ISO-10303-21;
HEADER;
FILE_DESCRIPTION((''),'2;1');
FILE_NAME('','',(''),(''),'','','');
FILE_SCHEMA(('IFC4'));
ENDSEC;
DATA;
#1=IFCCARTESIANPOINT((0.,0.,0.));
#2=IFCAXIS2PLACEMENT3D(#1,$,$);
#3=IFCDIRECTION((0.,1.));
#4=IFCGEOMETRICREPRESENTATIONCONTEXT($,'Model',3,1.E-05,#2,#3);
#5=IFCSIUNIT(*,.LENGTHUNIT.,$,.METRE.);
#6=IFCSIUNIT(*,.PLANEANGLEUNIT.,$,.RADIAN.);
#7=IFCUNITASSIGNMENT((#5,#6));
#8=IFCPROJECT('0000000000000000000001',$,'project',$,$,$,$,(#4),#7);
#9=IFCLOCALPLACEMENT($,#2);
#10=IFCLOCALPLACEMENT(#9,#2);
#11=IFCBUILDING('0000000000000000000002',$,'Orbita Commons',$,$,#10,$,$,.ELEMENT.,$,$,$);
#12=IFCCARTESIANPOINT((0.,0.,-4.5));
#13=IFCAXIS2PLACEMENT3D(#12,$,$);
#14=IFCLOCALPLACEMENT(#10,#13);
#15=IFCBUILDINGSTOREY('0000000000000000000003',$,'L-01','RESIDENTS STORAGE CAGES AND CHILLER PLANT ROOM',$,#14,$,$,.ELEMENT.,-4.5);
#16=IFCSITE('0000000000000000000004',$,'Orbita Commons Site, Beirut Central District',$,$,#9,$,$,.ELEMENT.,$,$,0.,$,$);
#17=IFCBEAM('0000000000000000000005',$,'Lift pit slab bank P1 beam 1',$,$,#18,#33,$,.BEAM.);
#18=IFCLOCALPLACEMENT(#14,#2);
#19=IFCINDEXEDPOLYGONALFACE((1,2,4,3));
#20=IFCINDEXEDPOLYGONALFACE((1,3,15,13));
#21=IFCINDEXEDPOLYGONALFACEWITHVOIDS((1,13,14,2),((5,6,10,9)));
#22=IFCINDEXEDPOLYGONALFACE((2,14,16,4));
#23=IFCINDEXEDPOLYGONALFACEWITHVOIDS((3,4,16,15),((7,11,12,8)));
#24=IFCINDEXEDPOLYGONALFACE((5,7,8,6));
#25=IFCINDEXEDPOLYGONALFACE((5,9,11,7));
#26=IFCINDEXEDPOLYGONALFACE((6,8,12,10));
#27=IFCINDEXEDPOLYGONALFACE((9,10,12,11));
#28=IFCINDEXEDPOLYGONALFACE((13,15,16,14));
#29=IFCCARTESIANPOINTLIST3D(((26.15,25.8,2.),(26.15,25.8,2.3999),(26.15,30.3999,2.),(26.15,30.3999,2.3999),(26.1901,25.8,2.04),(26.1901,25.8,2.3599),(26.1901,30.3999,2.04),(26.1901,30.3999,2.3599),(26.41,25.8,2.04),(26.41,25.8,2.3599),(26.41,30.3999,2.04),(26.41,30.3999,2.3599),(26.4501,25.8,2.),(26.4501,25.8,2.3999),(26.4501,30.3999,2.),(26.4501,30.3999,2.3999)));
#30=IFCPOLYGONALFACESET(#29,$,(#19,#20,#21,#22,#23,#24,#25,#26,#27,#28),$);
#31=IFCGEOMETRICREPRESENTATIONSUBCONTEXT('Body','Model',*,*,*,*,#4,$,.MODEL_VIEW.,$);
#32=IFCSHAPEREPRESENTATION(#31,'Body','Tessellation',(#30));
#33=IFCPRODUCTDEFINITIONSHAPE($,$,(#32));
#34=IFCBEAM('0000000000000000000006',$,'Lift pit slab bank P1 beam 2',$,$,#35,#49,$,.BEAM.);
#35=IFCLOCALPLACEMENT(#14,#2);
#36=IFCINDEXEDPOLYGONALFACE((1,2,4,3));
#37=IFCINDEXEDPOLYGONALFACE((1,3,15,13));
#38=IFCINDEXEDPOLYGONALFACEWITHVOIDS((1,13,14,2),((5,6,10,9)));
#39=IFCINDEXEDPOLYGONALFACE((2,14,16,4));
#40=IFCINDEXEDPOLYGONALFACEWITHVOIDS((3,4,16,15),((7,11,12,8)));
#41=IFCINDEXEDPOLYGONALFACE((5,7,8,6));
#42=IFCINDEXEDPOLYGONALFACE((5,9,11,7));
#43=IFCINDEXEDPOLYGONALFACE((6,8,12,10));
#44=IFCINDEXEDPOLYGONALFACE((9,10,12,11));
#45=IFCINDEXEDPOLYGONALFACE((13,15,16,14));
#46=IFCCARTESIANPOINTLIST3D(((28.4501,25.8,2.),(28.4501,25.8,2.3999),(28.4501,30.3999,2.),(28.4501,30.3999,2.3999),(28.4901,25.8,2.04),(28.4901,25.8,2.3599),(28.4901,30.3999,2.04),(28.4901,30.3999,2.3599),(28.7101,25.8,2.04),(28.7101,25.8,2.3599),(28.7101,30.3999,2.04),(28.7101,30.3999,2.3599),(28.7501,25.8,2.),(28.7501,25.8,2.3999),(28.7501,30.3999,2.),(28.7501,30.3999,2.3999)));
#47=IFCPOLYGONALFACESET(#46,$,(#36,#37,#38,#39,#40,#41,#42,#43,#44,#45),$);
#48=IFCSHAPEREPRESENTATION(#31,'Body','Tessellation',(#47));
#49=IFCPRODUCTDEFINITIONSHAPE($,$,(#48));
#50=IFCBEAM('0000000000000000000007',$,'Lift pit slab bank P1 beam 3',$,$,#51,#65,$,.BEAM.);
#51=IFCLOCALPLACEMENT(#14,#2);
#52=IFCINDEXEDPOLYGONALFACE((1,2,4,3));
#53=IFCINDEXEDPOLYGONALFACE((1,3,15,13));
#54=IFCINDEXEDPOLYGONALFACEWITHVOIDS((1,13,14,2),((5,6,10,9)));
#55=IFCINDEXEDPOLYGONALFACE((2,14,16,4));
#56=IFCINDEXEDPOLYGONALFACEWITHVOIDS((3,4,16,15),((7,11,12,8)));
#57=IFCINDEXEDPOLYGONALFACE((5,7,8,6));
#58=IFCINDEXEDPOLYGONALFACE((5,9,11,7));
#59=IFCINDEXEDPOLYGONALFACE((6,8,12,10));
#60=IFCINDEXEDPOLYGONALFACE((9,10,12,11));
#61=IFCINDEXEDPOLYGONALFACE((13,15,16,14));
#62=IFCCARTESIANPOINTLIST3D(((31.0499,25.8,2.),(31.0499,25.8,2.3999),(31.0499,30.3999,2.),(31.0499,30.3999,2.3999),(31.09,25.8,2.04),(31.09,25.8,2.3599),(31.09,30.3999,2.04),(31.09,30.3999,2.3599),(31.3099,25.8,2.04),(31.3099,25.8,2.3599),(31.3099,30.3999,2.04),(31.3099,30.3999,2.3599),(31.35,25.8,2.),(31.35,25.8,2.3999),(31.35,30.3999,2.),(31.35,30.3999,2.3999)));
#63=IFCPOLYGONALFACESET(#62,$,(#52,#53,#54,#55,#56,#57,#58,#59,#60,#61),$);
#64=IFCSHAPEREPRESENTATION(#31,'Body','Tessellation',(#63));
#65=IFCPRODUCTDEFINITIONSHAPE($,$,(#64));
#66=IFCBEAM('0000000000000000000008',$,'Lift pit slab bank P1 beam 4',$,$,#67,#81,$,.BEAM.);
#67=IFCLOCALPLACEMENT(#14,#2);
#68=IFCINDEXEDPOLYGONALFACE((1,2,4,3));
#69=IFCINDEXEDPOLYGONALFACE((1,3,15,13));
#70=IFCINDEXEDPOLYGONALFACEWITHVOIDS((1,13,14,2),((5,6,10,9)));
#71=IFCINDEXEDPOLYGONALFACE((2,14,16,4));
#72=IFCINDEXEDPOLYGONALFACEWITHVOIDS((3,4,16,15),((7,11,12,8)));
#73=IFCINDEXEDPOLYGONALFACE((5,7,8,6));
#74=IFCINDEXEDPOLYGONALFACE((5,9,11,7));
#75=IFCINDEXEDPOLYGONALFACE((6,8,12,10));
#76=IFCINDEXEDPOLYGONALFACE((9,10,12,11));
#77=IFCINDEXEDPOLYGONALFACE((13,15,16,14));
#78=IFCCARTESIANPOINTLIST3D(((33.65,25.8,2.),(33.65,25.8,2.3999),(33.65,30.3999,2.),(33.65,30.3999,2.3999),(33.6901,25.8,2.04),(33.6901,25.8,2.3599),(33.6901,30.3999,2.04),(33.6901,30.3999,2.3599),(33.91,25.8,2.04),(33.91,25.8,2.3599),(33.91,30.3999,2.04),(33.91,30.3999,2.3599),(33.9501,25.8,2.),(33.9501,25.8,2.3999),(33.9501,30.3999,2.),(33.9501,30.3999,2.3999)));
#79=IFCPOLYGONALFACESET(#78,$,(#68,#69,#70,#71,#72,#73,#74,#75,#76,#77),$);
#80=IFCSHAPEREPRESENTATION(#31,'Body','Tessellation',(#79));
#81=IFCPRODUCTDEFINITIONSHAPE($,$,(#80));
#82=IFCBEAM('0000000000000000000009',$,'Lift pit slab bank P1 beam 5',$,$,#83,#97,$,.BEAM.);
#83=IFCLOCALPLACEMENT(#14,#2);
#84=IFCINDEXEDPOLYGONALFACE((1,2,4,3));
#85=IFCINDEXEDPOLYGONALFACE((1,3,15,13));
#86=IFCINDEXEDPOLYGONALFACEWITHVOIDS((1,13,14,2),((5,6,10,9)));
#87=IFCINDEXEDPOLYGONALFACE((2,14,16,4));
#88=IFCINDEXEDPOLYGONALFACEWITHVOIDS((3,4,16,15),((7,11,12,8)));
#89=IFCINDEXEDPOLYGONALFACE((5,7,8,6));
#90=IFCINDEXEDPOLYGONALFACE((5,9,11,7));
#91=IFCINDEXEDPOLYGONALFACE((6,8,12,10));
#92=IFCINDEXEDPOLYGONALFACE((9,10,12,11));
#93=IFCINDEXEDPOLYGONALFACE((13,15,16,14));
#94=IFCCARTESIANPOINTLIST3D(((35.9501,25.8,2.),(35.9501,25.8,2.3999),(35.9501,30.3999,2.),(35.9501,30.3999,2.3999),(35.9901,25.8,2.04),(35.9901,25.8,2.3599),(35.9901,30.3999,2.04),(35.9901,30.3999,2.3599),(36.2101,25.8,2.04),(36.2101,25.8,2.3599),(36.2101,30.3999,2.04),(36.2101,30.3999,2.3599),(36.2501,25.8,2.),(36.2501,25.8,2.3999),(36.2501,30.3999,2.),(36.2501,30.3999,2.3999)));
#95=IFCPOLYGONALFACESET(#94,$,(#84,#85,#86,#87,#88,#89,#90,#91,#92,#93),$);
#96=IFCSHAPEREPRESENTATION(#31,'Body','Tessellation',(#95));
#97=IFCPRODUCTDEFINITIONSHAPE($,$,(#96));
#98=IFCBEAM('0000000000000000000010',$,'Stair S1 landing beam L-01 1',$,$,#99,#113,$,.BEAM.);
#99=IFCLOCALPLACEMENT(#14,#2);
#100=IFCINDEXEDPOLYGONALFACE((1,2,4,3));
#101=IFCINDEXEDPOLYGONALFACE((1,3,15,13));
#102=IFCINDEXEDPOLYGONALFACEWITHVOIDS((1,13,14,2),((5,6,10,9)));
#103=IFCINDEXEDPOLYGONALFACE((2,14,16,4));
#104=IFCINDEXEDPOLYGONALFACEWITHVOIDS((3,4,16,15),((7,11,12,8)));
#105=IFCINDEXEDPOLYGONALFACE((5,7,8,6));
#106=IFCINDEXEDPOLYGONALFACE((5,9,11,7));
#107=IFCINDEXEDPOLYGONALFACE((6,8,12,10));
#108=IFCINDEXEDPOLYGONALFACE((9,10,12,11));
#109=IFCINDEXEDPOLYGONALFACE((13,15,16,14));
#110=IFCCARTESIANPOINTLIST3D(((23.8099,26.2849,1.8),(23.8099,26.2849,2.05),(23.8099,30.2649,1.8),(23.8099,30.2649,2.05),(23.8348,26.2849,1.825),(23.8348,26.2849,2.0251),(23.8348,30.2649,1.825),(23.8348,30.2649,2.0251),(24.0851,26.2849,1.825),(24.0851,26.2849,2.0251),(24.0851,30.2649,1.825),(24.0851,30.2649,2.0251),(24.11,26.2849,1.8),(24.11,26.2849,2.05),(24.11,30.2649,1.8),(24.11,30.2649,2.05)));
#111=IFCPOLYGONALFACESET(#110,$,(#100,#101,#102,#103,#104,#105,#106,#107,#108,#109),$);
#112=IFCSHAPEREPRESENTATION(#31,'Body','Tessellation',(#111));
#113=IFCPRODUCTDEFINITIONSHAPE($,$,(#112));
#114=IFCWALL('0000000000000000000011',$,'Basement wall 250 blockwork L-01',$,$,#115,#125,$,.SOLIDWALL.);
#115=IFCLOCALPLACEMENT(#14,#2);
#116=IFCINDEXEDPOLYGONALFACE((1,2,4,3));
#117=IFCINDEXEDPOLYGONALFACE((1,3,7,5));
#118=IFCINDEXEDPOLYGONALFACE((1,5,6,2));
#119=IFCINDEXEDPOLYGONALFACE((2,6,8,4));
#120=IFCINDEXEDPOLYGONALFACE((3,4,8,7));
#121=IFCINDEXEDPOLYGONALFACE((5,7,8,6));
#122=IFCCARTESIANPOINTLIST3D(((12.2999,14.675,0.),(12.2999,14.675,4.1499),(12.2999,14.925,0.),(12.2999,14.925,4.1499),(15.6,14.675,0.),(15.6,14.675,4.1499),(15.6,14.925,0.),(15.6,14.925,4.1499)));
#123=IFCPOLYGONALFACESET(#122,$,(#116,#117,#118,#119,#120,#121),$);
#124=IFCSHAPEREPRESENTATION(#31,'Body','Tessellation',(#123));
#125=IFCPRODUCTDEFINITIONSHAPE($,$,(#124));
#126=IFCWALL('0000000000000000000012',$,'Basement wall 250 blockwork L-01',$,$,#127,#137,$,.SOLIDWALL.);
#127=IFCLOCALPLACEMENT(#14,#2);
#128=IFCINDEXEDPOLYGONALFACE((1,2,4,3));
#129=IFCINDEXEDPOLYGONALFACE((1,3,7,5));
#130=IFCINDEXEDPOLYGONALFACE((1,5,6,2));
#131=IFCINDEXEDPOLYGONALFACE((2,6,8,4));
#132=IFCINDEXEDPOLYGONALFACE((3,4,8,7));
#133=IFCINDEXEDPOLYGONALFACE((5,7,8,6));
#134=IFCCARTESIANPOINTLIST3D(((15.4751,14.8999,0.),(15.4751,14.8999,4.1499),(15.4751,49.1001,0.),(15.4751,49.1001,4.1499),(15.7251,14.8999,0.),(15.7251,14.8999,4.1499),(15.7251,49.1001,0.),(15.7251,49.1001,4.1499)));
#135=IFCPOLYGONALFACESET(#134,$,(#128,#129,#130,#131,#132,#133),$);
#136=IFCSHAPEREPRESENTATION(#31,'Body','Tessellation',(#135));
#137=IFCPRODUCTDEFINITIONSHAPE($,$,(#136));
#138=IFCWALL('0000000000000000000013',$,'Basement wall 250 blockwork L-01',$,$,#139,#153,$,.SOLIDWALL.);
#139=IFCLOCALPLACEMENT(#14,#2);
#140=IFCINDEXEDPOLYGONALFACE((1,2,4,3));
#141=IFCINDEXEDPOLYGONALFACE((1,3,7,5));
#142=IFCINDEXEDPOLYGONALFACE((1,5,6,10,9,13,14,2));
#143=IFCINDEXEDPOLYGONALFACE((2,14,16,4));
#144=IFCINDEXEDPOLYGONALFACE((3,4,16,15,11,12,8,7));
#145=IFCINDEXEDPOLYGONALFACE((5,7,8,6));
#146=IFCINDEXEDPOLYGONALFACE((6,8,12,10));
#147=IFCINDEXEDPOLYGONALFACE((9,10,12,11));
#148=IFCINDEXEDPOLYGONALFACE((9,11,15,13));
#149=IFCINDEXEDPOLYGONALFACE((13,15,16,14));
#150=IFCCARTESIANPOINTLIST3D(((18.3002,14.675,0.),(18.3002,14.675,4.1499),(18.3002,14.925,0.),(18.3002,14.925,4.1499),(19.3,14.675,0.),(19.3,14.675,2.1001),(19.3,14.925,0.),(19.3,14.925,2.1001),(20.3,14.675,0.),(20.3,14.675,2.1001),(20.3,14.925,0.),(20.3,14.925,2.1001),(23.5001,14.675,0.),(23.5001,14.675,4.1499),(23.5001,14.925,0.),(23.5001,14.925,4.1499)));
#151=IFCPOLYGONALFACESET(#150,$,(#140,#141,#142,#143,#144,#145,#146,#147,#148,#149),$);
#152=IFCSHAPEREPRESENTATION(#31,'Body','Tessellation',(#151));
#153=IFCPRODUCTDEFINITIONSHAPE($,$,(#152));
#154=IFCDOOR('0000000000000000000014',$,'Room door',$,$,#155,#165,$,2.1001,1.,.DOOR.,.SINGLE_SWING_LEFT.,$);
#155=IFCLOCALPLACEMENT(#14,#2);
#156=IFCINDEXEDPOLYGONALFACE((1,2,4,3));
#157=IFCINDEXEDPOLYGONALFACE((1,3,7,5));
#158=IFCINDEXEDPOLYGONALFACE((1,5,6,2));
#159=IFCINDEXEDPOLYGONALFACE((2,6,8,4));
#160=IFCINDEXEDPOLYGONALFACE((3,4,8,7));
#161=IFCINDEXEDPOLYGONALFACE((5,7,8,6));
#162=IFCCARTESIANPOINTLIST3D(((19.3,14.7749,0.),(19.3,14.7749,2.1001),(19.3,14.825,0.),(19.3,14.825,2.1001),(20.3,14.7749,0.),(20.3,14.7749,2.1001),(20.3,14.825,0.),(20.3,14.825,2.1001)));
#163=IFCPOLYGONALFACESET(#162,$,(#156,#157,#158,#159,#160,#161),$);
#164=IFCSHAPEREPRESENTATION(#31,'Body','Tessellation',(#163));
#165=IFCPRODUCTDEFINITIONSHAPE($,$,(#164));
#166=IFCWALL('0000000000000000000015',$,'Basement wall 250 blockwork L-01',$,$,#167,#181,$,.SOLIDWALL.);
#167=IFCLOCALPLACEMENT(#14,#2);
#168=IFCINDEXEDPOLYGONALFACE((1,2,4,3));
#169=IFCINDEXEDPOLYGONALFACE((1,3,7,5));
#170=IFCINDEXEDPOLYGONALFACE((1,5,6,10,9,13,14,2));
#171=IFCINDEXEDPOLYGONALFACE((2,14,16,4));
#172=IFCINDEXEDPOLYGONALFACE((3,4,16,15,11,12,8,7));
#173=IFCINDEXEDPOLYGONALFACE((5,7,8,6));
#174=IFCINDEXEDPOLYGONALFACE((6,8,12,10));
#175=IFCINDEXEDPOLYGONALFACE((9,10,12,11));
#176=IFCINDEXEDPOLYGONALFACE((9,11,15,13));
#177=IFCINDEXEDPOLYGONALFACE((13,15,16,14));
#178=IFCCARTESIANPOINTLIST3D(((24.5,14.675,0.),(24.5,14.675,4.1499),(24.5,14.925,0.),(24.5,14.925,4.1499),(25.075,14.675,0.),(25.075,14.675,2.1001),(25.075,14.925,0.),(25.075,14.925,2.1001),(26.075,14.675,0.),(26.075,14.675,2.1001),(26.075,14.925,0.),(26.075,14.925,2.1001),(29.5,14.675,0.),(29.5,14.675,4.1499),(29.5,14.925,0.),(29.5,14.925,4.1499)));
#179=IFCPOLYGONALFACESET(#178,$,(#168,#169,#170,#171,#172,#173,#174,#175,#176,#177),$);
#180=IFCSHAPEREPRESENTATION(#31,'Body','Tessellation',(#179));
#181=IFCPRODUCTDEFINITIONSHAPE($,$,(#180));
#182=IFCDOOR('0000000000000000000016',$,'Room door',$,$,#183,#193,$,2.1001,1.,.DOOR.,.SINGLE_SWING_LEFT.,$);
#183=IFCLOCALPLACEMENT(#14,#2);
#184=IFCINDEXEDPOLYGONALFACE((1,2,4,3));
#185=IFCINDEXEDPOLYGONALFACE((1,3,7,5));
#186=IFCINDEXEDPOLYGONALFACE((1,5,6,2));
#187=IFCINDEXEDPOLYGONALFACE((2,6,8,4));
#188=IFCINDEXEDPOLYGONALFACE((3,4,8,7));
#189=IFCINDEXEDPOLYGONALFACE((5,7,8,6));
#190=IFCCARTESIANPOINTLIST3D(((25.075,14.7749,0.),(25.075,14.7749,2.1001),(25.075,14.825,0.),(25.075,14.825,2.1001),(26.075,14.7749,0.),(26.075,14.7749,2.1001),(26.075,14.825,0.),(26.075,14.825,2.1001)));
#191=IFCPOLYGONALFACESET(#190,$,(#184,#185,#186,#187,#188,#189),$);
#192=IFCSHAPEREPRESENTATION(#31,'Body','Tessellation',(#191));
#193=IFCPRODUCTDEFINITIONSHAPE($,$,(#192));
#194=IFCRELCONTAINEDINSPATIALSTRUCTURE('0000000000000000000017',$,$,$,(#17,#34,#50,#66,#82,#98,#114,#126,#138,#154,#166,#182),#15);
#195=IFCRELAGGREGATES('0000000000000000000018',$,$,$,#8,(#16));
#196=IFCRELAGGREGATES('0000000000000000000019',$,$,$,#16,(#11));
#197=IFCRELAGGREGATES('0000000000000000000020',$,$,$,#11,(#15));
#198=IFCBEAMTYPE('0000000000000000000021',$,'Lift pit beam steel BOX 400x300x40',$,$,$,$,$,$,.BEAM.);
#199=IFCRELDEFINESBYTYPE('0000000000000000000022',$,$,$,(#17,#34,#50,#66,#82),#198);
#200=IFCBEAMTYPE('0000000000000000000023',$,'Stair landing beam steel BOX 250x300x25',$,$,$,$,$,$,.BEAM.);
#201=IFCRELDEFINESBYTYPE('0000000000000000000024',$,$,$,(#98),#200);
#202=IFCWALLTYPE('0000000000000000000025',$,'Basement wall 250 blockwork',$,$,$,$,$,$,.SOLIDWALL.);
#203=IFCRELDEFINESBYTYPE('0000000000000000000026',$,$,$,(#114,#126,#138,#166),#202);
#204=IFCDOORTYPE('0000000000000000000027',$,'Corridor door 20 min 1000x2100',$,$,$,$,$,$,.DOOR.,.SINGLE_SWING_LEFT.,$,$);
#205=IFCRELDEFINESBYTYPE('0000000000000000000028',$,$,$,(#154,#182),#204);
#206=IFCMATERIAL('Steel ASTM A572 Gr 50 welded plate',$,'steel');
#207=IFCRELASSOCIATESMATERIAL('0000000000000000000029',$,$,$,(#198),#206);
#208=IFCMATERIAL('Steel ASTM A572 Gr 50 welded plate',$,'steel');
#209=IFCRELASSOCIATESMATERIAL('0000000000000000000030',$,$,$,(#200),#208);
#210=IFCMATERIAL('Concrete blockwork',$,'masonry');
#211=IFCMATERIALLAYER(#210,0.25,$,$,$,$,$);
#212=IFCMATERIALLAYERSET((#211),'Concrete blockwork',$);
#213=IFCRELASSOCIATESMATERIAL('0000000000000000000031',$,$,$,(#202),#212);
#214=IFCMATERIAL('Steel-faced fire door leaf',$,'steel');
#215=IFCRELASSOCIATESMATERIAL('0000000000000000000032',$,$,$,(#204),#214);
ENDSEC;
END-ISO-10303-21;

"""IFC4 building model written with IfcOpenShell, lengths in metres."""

from ifc_helpers import new_model, si_unit, direction, frame, frame_2d, origin, origin_2d, place, context, subcontext, project, spatial, rectangle, hollow_rectangle, extrude, material, layer, layer_set, material_profile, profile_set, type_object, element, fill, save


model = new_model("IFC4")

# Units and contexts
model_context = context("Model", 3, precision=1e-05, world=origin(), true_north=direction((0.0, 1.0)))
body_context = subcontext(model_context, "Body", "Model", "MODEL_VIEW")
ifc_project = project(units=[si_unit("LENGTHUNIT", "METRE"), si_unit("PLANEANGLEUNIT", "RADIAN")], contexts=[model_context])

# Site, building, storey
site_placement = place(None, origin())
site = spatial("IfcSite", under=ifc_project, at=site_placement, Name="Orbita Commons Site, Beirut Central District", CompositionType="ELEMENT", RefElevation=0.0)
building_placement = place(site_placement, origin())
building = spatial("IfcBuilding", under=site, at=building_placement, Name="Orbita Commons", CompositionType="ELEMENT")
storey_placement = place(building_placement, frame((0.0, 0.0, -4.5)))
storey = spatial("IfcBuildingStorey", under=building, at=storey_placement, Name="L-01", Description="RESIDENTS STORAGE CAGES AND CHILLER PLANT ROOM", CompositionType="ELEMENT", Elevation=-4.5)

# Beams
ifc_material_1 = material(Name="Steel ASTM A572 Gr 50 welded plate", Category="steel")
ifc_material_profile_1 = material_profile(ifc_material_1, hollow_rectangle(XDim=0.3, YDim=0.3999, WallThickness=0.04, at=origin_2d()), Name="BOX 400x300x40")
ifc_profile_set_1 = profile_set([ifc_material_profile_1], Name="Steel ASTM A572 Gr 50 welded plate")
beam_type_1 = type_object("IfcBeamType", Name="Lift pit beam steel BOX 400x300x40", PredefinedType="BEAM", material=ifc_profile_set_1)
for number, where, z_axis, x_axis, name in (
    (1, (26.3, 25.8, 2.2), (0.0, 1.0, 0.0), (-1.0, 0.0, 0.0), "Lift pit slab bank P1 beam 1"),
    (2, (28.6001, 25.8, 2.2), (0.0, 1.0, 0.0), (-1.0, 0.0, 0.0), "Lift pit slab bank P1 beam 2"),
    (3, (31.2, 25.8, 2.2), (0.0, 1.0, 0.0), (-1.0, 0.0, 0.0), "Lift pit slab bank P1 beam 3"),
    (4, (33.8, 25.8, 2.2), (0.0, 1.0, 0.0), (-1.0, 0.0, 0.0), "Lift pit slab bank P1 beam 4"),
    (5, (36.1001, 25.8, 2.2), (0.0, 1.0, 0.0), (-1.0, 0.0, 0.0), "Lift pit slab bank P1 beam 5"),
):
    element("IfcBeam", number, at=place(storey_placement, frame(where, z_axis=z_axis, x_axis=x_axis)), inside=storey, type_object=beam_type_1, Name=name, PredefinedType="BEAM", context=body_context, shape_type="SweptSolid", body=[
        extrude(hollow_rectangle(XDim=0.3, YDim=0.3999, WallThickness=0.04, at=origin_2d()), origin(), (0.0, 0.0, 1.0), 4.5999),
    ])
ifc_material_2 = material(Name="Steel ASTM A572 Gr 50 welded plate", Category="steel")
ifc_material_profile_2 = material_profile(ifc_material_2, hollow_rectangle(XDim=0.3, YDim=0.25, WallThickness=0.0249, at=origin_2d()), Name="BOX 250x300x25")
ifc_profile_set_2 = profile_set([ifc_material_profile_2], Name="Steel ASTM A572 Gr 50 welded plate")
beam_type_2 = type_object("IfcBeamType", Name="Stair landing beam steel BOX 250x300x25", PredefinedType="BEAM", material=ifc_profile_set_2)
beam_placement = place(storey_placement, frame((23.96, 26.2849, 1.925), z_axis=(0.0, 1.0, 0.0), x_axis=(-1.0, 0.0, 0.0)))
element("IfcBeam", 6, at=beam_placement, inside=storey, type_object=beam_type_2, Name="Stair S1 landing beam L-01 1", PredefinedType="BEAM", context=body_context, shape_type="SweptSolid", body=[
    extrude(hollow_rectangle(XDim=0.3, YDim=0.25, WallThickness=0.0249, at=origin_2d()), origin(), (0.0, 0.0, 1.0), 3.98),
])

# Walls
ifc_material_3 = material(Name="Concrete blockwork", Category="masonry")
ifc_layer_1 = layer(ifc_material_3, 0.25)
ifc_layer_set_1 = layer_set([ifc_layer_1], Name="Concrete blockwork")
wall_type_1 = type_object("IfcWallType", Name="Basement wall 250 blockwork", PredefinedType="SOLIDWALL", material=ifc_layer_set_1)
wall_1_placement = place(storey_placement, frame((12.3, 14.8, 0.0), z_axis=(0.0, 0.0, 1.0), x_axis=(1.0, 0.0, 0.0)))
element("IfcWall", 7, at=wall_1_placement, inside=storey, type_object=wall_type_1, Name="Basement wall 250 blockwork L-01", PredefinedType="SOLIDWALL", context=body_context, shape_type="SweptSolid", body=[
    extrude(rectangle(XDim=3.3, YDim=0.25, at=frame_2d((1.6499, 0.0))), origin(), (0.0, 0.0, 1.0), 4.1499),
])
wall_2_placement = place(storey_placement, frame((15.6001, 14.8999, 0.0), z_axis=(0.0, 0.0, 1.0), x_axis=(0.0, 1.0, 0.0)))
element("IfcWall", 8, at=wall_2_placement, inside=storey, type_object=wall_type_1, Name="Basement wall 250 blockwork L-01", PredefinedType="SOLIDWALL", context=body_context, shape_type="SweptSolid", body=[
    extrude(rectangle(XDim=34.2002, YDim=0.25, at=frame_2d((17.1001, 0.0))), origin(), (0.0, 0.0, 1.0), 4.1499),
])

# Walls, openings, doors
wall_3_placement = place(storey_placement, frame((18.3, 14.8, 0.0), z_axis=(0.0, 0.0, 1.0), x_axis=(1.0, 0.0, 0.0)))
wall_3 = element("IfcWall", 9, at=wall_3_placement, inside=storey, type_object=wall_type_1, Name="Basement wall 250 blockwork L-01", PredefinedType="SOLIDWALL", context=body_context, shape_type="SweptSolid", body=[
    extrude(rectangle(XDim=5.2, YDim=0.25, at=frame_2d((2.6001, 0.0))), origin(), (0.0, 0.0, 1.0), 4.1499),
])
opening_1_placement = place(wall_3_placement, frame((1.0, 0.0, 0.0)))
opening_1 = element("IfcOpeningElement", 10, at=opening_1_placement, cuts=wall_3, PredefinedType="OPENING", context=body_context, shape_type="SweptSolid", body=[
    extrude(rectangle(XDim=1.0, YDim=2.1001, at=frame_2d((0.5, 1.05))), frame((0.0, 0.135, 0.0), z_axis=(0.0, -1.0, 0.0), x_axis=(1.0, 0.0, 0.0)), (0.0, 0.0, 1.0), 0.27),
])
ifc_material_4 = material(Name="Steel-faced fire door leaf", Category="steel")
door_type_1 = type_object("IfcDoorType", Name="Corridor door 20 min 1000x2100", OperationType="SINGLE_SWING_LEFT", PredefinedType="DOOR", material=ifc_material_4)
door_1_placement = place(opening_1_placement, origin())
door_1 = element("IfcDoor", 11, at=door_1_placement, inside=storey, type_object=door_type_1, Name="Room door", OperationType="SINGLE_SWING_LEFT", OverallHeight=2.1001, OverallWidth=1.0, PredefinedType="DOOR", context=body_context, shape_type="SweptSolid", body=[
    extrude(rectangle(XDim=1.0, YDim=2.1001, at=frame_2d((0.5, 1.05))), frame((0.0, 0.0249, 0.0), z_axis=(0.0, -1.0, 0.0), x_axis=(1.0, 0.0, 0.0)), (0.0, 0.0, 1.0), 0.05),
])
fill(opening_1, door_1)
wall_4_placement = place(storey_placement, frame((24.5, 14.8, 0.0), z_axis=(0.0, 0.0, 1.0), x_axis=(1.0, 0.0, 0.0)))
wall_4 = element("IfcWall", 12, at=wall_4_placement, inside=storey, type_object=wall_type_1, Name="Basement wall 250 blockwork L-01", PredefinedType="SOLIDWALL", context=body_context, shape_type="SweptSolid", body=[
    extrude(rectangle(XDim=5.0, YDim=0.25, at=frame_2d((2.5, 0.0))), origin(), (0.0, 0.0, 1.0), 4.1499),
])
opening_2_placement = place(wall_4_placement, frame((0.575, 0.0, 0.0)))
opening_2 = element("IfcOpeningElement", 13, at=opening_2_placement, cuts=wall_4, PredefinedType="OPENING", context=body_context, shape_type="SweptSolid", body=[
    extrude(rectangle(XDim=1.0, YDim=2.1001, at=frame_2d((0.5, 1.05))), frame((0.0, 0.135, 0.0), z_axis=(0.0, -1.0, 0.0), x_axis=(1.0, 0.0, 0.0)), (0.0, 0.0, 1.0), 0.27),
])
door_2_placement = place(opening_2_placement, origin())
door_2 = element("IfcDoor", 14, at=door_2_placement, inside=storey, type_object=door_type_1, Name="Room door", OperationType="SINGLE_SWING_LEFT", OverallHeight=2.1001, OverallWidth=1.0, PredefinedType="DOOR", context=body_context, shape_type="SweptSolid", body=[
    extrude(rectangle(XDim=1.0, YDim=2.1001, at=frame_2d((0.5, 1.05))), frame((0.0, 0.0249, 0.0), z_axis=(0.0, -1.0, 0.0), x_axis=(1.0, 0.0, 0.0)), (0.0, 0.0, 1.0), 0.05),
])
fill(opening_2, door_2)

save(model, "model.ifc")
